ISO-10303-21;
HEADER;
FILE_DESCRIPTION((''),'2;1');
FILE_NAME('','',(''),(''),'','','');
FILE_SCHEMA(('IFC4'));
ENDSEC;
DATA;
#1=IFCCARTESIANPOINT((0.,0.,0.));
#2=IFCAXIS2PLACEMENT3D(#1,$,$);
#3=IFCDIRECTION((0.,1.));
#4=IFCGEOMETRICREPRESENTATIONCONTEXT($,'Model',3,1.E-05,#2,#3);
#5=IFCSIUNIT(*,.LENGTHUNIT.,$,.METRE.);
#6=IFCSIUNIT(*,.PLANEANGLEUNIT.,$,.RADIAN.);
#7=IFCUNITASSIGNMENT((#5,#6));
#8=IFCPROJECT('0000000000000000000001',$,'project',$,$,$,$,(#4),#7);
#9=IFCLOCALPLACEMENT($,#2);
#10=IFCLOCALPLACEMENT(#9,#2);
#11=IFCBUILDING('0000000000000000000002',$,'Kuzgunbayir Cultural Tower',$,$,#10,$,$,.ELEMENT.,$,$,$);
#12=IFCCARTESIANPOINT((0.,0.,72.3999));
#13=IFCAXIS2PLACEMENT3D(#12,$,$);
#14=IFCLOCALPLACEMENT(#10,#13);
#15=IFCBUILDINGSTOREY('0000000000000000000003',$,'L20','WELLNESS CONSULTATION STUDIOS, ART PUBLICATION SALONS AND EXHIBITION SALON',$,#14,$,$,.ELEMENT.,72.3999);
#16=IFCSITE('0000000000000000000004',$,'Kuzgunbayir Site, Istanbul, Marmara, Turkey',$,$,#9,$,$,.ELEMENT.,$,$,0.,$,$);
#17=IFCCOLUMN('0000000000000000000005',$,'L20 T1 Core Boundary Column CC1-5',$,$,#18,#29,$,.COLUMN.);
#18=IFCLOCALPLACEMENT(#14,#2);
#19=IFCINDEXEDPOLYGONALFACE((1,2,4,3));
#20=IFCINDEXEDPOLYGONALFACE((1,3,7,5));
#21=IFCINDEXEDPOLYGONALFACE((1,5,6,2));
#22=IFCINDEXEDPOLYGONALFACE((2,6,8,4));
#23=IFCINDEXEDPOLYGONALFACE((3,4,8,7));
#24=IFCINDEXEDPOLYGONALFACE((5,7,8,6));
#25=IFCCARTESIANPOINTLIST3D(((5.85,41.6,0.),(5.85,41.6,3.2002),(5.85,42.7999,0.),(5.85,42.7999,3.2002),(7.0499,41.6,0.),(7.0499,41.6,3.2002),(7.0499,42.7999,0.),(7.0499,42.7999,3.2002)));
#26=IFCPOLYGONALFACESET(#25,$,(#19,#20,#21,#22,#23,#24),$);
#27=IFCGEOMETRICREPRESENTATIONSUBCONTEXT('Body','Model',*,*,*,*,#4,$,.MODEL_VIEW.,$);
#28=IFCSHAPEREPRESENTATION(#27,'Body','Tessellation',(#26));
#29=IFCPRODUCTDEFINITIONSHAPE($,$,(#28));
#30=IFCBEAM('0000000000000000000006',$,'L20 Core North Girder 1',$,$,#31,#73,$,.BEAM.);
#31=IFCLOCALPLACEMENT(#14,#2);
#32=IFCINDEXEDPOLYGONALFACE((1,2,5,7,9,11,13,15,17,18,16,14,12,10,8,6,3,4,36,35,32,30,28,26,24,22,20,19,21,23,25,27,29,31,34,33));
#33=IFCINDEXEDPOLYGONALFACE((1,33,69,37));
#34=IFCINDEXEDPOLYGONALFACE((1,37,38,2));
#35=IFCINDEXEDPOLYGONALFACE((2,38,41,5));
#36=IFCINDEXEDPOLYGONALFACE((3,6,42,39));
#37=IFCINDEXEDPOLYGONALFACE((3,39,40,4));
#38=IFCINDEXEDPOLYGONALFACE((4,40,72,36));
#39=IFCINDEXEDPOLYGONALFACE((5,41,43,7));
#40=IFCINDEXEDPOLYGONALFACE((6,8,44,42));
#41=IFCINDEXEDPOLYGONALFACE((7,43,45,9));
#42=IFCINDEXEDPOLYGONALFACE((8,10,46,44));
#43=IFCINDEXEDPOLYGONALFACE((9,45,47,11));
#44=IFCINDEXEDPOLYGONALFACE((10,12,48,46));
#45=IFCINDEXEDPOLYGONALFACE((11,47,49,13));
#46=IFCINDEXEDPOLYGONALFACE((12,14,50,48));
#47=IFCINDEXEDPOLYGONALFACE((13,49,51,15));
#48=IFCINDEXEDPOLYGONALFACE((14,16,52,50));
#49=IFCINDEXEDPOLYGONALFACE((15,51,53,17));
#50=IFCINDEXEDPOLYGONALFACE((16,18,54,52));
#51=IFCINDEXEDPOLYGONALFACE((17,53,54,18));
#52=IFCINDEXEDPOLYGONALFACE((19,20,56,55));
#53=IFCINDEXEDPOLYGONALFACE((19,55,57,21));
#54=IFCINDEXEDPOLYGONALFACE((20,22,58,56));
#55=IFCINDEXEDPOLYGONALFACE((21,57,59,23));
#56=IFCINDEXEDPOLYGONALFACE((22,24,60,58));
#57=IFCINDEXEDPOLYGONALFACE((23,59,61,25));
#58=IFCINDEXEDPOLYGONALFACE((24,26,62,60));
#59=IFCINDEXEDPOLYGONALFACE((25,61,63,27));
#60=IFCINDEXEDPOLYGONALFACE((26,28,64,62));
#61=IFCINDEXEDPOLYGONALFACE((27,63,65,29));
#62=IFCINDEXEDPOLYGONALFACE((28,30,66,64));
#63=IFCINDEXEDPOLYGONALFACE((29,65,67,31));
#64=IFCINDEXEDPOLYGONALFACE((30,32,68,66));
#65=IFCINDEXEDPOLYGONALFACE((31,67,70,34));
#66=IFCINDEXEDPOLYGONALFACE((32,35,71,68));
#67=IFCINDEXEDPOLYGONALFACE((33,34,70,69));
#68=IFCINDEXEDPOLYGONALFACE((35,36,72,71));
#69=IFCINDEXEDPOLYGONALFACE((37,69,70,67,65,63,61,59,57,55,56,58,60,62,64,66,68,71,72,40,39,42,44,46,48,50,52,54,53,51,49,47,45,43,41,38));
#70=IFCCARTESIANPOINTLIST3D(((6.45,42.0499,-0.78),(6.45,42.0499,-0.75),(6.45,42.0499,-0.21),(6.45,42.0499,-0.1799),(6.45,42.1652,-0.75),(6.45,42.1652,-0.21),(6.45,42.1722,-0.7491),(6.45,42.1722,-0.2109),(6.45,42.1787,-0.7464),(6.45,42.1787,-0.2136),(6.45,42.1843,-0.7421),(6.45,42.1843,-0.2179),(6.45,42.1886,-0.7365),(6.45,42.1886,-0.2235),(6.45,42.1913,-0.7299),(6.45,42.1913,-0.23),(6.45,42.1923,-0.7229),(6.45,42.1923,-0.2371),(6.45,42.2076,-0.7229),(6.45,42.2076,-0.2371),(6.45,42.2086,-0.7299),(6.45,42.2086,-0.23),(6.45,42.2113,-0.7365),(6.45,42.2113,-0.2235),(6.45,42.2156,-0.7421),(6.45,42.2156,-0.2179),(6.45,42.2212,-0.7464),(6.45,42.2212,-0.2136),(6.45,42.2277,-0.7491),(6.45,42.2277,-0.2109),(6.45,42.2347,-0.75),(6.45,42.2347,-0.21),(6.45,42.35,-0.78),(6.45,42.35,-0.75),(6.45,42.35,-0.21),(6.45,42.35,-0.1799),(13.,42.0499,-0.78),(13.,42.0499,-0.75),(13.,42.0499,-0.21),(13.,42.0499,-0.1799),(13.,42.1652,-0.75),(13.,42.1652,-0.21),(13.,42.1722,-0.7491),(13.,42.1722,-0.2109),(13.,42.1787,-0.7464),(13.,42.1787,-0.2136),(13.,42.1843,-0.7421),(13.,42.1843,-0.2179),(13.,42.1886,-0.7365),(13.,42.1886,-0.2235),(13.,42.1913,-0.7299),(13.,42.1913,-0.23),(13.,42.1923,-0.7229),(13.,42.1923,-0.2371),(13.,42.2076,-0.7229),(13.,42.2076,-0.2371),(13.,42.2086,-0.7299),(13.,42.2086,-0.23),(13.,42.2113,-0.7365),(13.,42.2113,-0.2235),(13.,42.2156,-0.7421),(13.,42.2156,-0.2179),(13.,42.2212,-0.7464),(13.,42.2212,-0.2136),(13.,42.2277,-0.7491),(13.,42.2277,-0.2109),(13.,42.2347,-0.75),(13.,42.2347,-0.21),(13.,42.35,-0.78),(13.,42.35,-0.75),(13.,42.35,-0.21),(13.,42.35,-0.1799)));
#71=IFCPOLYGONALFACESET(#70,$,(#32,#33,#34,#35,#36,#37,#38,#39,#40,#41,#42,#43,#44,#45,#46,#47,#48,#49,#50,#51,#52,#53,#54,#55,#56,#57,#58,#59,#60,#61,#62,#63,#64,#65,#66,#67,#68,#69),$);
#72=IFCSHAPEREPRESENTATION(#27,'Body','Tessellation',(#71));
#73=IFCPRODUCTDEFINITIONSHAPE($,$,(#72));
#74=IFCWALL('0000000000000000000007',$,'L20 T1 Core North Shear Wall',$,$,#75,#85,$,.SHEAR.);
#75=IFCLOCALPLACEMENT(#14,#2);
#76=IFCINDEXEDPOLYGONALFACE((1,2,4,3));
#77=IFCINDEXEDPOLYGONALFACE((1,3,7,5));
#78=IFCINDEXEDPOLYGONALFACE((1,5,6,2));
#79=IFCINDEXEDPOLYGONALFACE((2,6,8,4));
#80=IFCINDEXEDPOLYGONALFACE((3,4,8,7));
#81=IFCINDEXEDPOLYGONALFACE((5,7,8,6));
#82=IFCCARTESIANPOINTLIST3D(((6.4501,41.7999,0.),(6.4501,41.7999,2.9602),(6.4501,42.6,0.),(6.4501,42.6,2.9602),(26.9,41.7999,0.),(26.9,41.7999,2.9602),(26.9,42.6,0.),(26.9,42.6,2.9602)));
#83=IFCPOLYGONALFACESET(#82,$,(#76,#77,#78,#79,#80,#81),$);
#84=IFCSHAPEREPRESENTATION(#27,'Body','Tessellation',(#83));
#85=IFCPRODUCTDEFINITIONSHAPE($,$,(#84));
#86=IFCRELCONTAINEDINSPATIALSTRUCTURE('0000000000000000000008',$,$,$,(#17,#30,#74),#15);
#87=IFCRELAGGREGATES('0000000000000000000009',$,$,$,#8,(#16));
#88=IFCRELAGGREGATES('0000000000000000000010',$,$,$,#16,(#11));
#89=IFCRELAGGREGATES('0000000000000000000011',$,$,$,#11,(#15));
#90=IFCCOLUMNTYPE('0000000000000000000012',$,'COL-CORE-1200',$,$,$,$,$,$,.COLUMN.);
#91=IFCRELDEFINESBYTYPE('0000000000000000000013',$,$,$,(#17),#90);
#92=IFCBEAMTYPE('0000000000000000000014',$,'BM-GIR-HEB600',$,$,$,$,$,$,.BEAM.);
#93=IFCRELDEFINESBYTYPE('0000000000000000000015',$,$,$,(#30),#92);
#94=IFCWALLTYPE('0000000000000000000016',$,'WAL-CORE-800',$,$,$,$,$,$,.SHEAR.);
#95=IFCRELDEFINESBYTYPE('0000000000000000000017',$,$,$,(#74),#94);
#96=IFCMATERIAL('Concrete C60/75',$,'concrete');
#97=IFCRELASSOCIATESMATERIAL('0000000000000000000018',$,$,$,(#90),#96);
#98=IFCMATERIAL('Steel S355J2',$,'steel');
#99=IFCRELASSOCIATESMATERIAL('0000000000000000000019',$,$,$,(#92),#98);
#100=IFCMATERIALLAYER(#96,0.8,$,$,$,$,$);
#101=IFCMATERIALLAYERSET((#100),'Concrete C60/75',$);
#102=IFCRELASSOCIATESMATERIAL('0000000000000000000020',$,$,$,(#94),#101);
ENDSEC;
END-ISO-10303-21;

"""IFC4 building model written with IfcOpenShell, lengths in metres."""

from ifc_helpers import new_model, si_unit, direction, frame, frame_2d, origin, origin_2d, place, context, subcontext, project, spatial, rectangle, i_section, extrude, material, layer, layer_set, material_profile, profile_set, type_object, element, save


model = new_model("IFC4")

# Units and contexts
model_context = context("Model", 3, precision=1e-05, world=origin(), true_north=direction((0.0, 1.0)))
body_context = subcontext(model_context, "Body", "Model", "MODEL_VIEW")
ifc_project = project(units=[si_unit("LENGTHUNIT", "METRE"), si_unit("PLANEANGLEUNIT", "RADIAN")], contexts=[model_context])

# Site, building, storey
site_placement = place(None, origin())
site = spatial("IfcSite", under=ifc_project, at=site_placement, Name="Kuzgunbayir Site, Istanbul, Marmara, Turkey", CompositionType="ELEMENT", RefElevation=0.0)
building_placement = place(site_placement, origin())
building = spatial("IfcBuilding", under=site, at=building_placement, Name="Kuzgunbayir Cultural Tower", CompositionType="ELEMENT")
storey_placement = place(building_placement, frame((0.0, 0.0, 72.3999)))
storey = spatial("IfcBuildingStorey", under=building, at=storey_placement, Name="L20", Description="WELLNESS CONSULTATION STUDIOS, ART PUBLICATION SALONS AND EXHIBITION SALON", CompositionType="ELEMENT", Elevation=72.3999)

# Column
ifc_material_1 = material(Name="Concrete C60/75", Category="concrete")
ifc_material_profile_1 = material_profile(ifc_material_1, rectangle(XDim=1.2, YDim=1.2, at=origin_2d()), Name="RC 1200x1200")
ifc_profile_set_1 = profile_set([ifc_material_profile_1], Name="Concrete C60/75")
column_type = type_object("IfcColumnType", Name="COL-CORE-1200", PredefinedType="COLUMN", material=ifc_profile_set_1)
column_placement = place(storey_placement, frame((6.45, 42.2, 0.0), z_axis=(0.0, 0.0, 1.0), x_axis=(1.0, 0.0, 0.0)))
element("IfcColumn", 1, at=column_placement, inside=storey, type_object=column_type, Name="L20 T1 Core Boundary Column CC1-5", PredefinedType="COLUMN", context=body_context, shape_type="SweptSolid", body=[
    extrude(rectangle(XDim=1.2, YDim=1.2, at=origin_2d()), origin(), (0.0, 0.0, 1.0), 3.2002),
])

# Beam
ifc_material_2 = material(Name="Steel S355J2", Category="steel")
ifc_material_profile_2 = material_profile(ifc_material_2, i_section(OverallWidth=0.3, OverallDepth=0.6001, WebThickness=0.0154, FlangeThickness=0.03, FilletRadius=0.0271, at=origin_2d()), Name="HEB 600")
ifc_profile_set_2 = profile_set([ifc_material_profile_2], Name="Steel S355J2")
beam_type = type_object("IfcBeamType", Name="BM-GIR-HEB600", PredefinedType="BEAM", material=ifc_profile_set_2)
beam_placement = place(storey_placement, frame((6.45, 42.2, -0.48), z_axis=(1.0, 0.0, 0.0), x_axis=(0.0, 1.0, 0.0)))
element("IfcBeam", 2, at=beam_placement, inside=storey, type_object=beam_type, Name="L20 Core North Girder 1", PredefinedType="BEAM", context=body_context, shape_type="SweptSolid", body=[
    extrude(i_section(OverallWidth=0.3, OverallDepth=0.6001, WebThickness=0.0154, FlangeThickness=0.03, FilletRadius=0.0271, at=origin_2d()), origin(), (0.0, 0.0, 1.0), 6.55),
])

# Wall
ifc_layer_1 = layer(ifc_material_1, 0.8)
ifc_layer_set_1 = layer_set([ifc_layer_1], Name="Concrete C60/75")
wall_type_1 = type_object("IfcWallType", Name="WAL-CORE-800", PredefinedType="SHEAR", material=ifc_layer_set_1)
wall_1_placement = place(storey_placement, frame((6.45, 42.2, 0.0), z_axis=(0.0, 0.0, 1.0), x_axis=(1.0, 0.0, 0.0)))
element("IfcWall", 3, at=wall_1_placement, inside=storey, type_object=wall_type_1, Name="L20 T1 Core North Shear Wall", PredefinedType="SHEAR", context=body_context, shape_type="SweptSolid", body=[
    extrude(rectangle(XDim=20.45, YDim=0.8, at=frame_2d((10.2251, 0.0))), origin(), (0.0, 0.0, 1.0), 2.9602),
])

save(model, "model.ifc")
